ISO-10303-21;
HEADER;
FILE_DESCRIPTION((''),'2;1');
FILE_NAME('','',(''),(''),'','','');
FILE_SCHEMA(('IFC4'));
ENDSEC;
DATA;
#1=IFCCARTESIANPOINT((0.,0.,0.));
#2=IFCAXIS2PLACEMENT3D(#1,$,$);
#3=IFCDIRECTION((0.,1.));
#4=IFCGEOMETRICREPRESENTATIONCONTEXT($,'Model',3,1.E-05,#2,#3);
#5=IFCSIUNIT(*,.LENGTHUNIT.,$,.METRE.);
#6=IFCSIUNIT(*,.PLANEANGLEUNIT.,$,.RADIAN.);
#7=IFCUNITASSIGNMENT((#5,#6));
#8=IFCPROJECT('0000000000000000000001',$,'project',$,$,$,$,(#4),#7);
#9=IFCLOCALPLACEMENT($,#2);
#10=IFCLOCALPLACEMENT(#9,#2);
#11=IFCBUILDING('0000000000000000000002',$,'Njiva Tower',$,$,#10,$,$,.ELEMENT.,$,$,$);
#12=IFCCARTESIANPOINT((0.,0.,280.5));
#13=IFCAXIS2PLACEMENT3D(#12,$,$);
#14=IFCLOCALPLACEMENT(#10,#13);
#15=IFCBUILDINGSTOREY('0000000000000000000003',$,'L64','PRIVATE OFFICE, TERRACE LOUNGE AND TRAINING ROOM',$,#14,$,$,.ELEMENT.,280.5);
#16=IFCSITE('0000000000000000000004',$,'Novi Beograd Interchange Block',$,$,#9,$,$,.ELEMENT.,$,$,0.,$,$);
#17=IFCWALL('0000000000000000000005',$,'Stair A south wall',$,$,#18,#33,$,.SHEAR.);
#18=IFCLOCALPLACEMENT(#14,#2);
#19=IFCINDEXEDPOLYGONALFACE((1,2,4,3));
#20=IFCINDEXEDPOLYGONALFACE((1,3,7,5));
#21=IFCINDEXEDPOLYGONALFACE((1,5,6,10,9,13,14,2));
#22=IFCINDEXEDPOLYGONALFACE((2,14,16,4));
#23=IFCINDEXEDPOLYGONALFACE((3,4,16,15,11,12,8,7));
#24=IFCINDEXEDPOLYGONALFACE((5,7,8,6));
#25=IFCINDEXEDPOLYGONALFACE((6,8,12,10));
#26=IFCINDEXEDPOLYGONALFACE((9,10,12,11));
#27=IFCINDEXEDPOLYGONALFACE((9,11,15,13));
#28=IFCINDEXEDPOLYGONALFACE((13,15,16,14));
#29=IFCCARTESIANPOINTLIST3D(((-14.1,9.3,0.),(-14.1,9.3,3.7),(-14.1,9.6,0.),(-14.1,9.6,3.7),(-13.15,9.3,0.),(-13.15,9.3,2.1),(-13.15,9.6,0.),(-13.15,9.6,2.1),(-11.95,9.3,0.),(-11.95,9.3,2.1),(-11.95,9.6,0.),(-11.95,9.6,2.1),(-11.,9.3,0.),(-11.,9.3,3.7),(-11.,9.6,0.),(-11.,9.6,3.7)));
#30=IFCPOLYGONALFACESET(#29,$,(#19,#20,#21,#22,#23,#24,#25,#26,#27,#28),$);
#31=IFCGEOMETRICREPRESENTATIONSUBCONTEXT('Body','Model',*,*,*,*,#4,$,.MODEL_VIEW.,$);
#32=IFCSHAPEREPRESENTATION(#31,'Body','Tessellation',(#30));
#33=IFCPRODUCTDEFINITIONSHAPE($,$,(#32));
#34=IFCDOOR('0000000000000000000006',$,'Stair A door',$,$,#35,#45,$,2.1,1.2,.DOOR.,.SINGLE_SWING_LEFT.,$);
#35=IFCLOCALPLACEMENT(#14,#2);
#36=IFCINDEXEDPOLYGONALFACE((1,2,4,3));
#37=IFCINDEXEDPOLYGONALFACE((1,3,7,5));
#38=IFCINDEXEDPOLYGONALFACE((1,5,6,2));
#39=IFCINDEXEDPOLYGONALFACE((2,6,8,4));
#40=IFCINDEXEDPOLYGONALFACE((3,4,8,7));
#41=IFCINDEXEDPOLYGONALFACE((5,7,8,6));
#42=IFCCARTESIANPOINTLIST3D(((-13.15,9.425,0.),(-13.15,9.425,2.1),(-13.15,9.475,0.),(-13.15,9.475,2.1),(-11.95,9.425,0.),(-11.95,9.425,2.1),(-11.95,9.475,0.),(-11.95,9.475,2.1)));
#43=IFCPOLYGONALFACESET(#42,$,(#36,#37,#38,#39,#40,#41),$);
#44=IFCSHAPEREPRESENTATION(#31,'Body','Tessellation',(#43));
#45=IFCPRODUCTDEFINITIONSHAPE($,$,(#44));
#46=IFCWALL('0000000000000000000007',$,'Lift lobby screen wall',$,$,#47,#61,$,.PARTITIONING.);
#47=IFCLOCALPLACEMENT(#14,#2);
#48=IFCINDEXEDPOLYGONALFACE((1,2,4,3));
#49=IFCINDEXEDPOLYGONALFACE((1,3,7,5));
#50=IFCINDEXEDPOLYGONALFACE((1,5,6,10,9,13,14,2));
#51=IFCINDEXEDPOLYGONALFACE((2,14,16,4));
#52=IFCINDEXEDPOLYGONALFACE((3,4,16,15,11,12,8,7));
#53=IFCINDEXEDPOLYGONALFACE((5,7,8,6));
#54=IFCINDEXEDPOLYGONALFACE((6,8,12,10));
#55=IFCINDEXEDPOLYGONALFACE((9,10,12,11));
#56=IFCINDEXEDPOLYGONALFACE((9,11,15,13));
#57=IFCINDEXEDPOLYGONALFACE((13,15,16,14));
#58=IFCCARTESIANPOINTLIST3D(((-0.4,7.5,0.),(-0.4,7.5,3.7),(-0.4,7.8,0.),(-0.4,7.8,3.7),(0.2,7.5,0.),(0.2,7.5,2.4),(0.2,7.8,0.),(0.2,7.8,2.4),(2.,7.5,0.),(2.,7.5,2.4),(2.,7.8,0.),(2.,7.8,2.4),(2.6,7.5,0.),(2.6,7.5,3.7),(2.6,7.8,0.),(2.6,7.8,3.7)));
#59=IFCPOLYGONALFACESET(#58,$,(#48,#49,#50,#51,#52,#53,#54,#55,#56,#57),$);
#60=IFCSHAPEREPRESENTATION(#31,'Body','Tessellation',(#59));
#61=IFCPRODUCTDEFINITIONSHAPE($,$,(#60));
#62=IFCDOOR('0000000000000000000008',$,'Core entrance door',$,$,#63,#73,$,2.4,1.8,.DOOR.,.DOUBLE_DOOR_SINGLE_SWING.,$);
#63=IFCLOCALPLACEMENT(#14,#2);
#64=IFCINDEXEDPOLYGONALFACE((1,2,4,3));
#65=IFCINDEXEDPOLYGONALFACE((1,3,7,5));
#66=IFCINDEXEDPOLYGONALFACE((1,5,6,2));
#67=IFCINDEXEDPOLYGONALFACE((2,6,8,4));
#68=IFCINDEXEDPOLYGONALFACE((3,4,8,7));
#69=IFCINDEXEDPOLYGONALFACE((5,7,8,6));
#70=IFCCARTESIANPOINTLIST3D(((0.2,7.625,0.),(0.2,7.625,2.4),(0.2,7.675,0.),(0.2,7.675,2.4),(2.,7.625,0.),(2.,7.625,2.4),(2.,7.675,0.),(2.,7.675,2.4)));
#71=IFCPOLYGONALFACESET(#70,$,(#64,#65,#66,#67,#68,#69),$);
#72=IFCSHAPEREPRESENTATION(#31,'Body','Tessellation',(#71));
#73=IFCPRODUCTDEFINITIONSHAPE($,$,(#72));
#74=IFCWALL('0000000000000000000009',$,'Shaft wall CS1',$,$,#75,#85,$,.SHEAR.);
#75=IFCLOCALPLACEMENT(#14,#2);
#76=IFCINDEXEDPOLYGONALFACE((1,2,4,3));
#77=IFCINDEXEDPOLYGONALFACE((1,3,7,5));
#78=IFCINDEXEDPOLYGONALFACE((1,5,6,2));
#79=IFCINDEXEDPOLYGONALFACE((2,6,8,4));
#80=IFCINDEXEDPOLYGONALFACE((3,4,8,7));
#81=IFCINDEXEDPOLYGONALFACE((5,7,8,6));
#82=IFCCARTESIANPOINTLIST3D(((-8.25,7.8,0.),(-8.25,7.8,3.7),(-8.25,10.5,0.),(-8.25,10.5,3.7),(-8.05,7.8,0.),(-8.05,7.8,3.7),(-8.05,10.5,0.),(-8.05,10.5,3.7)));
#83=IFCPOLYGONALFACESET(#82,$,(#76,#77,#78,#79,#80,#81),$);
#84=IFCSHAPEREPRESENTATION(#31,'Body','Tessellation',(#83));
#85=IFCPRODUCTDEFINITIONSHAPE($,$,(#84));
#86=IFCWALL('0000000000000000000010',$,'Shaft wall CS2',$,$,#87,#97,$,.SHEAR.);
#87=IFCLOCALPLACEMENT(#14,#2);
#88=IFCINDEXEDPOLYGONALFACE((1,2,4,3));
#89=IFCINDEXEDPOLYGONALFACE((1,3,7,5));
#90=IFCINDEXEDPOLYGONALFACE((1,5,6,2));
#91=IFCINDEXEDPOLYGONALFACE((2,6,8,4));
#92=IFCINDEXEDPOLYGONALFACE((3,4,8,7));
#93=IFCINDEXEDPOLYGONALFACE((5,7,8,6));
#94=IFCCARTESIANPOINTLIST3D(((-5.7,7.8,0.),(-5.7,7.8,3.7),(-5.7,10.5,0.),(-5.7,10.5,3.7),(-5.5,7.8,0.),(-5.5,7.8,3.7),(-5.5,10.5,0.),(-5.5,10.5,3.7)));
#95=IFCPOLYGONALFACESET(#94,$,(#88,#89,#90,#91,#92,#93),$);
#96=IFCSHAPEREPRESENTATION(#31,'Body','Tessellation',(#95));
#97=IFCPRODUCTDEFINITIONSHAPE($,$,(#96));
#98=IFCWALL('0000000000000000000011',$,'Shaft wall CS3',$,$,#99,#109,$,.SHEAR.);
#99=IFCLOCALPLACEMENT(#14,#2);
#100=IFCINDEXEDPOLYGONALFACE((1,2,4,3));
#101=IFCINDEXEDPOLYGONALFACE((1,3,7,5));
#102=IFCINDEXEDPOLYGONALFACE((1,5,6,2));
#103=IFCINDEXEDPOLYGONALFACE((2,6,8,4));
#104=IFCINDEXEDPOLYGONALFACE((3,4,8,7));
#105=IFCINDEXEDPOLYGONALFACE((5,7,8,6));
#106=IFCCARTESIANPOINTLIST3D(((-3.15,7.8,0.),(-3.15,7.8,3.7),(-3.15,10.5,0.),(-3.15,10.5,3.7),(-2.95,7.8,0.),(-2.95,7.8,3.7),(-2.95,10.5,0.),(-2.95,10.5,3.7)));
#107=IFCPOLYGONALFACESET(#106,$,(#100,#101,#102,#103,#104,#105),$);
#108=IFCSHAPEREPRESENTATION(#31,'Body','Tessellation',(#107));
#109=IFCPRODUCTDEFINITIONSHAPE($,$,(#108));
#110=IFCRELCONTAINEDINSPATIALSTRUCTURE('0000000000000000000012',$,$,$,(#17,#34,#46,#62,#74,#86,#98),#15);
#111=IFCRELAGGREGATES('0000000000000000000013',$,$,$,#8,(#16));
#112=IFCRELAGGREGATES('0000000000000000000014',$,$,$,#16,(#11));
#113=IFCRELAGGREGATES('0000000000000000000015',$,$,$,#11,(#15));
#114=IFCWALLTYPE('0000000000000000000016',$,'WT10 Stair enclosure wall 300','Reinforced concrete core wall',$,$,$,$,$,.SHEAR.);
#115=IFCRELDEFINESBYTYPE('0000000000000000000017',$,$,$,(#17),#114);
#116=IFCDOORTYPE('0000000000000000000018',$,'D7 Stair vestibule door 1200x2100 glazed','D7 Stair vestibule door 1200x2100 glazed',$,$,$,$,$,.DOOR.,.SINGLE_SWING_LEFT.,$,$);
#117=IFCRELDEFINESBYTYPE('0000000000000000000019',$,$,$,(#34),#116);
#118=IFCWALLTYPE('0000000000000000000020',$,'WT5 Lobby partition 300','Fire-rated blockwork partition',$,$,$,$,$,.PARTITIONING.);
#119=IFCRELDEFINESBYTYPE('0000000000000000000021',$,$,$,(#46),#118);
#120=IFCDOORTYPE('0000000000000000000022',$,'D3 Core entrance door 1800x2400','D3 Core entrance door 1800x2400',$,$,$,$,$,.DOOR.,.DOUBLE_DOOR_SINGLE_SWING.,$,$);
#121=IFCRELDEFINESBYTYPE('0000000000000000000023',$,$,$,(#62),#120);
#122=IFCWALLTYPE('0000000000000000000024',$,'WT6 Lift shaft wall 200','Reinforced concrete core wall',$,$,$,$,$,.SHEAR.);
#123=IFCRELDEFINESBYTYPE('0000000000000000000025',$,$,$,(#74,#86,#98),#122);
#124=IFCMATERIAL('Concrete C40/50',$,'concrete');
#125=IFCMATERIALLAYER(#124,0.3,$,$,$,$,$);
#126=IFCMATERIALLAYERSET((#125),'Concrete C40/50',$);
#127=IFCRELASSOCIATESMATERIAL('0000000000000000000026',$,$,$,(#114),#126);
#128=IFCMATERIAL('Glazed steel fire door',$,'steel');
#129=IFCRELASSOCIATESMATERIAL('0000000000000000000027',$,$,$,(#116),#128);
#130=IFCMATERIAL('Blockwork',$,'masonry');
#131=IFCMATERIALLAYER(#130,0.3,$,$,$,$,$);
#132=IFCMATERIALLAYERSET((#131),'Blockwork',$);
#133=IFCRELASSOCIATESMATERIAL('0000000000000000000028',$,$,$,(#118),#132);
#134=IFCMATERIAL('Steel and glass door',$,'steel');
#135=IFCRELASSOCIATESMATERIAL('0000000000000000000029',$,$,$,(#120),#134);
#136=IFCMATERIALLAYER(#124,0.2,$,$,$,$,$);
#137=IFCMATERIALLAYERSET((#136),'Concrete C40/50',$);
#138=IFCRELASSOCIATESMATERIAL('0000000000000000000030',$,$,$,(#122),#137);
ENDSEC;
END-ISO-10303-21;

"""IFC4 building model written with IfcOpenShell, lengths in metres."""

from ifc_helpers import new_model, si_unit, direction, frame, frame_2d, origin, place, context, subcontext, project, spatial, rectangle, extrude, material, layer, layer_set, type_object, element, fill, save


model = new_model("IFC4")

# Units and contexts
model_context = context("Model", 3, precision=1e-05, world=origin(), true_north=direction((0.0, 1.0)))
body_context = subcontext(model_context, "Body", "Model", "MODEL_VIEW")
ifc_project = project(units=[si_unit("LENGTHUNIT", "METRE"), si_unit("PLANEANGLEUNIT", "RADIAN")], contexts=[model_context])

# Site, building, storey
site_placement = place(None, origin())
site = spatial("IfcSite", under=ifc_project, at=site_placement, Name="Novi Beograd Interchange Block", CompositionType="ELEMENT", RefElevation=0.0)
building_placement = place(site_placement, origin())
building = spatial("IfcBuilding", under=site, at=building_placement, Name="Njiva Tower", CompositionType="ELEMENT")
storey_placement = place(building_placement, frame((0.0, 0.0, 280.5)))
storey = spatial("IfcBuildingStorey", under=building, at=storey_placement, Name="L64", Description="PRIVATE OFFICE, TERRACE LOUNGE AND TRAINING ROOM", CompositionType="ELEMENT", Elevation=280.5)

# Shared definitions
ifc_material_1 = material(Name="Blockwork", Category="masonry")

# Shared definitions
ifc_material_2 = material(Name="Concrete C40/50", Category="concrete")
ifc_layer_1 = layer(ifc_material_2, 0.3)
ifc_layer_set_1 = layer_set([ifc_layer_1], Name="Concrete C40/50")
wall_type_1 = type_object("IfcWallType", Name="WT10 Stair enclosure wall 300", Description="Reinforced concrete core wall", PredefinedType="SHEAR", material=ifc_layer_set_1)
ifc_material_3 = material(Name="Glazed steel fire door", Category="steel")

# Walls, openings, doors
wall_1_placement = place(storey_placement, frame((-14.1, 9.45, 0.0), z_axis=(0.0, 0.0, 1.0), x_axis=(1.0, 0.0, 0.0)))
wall_1 = element("IfcWall", 1, at=wall_1_placement, inside=storey, type_object=wall_type_1, Name="Stair A south wall", PredefinedType="SHEAR", context=body_context, shape_type="SweptSolid", body=[
    extrude(rectangle(XDim=3.1, YDim=0.3, at=frame_2d((1.55, 0.0))), origin(), (0.0, 0.0, 1.0), 3.7),
])
opening_1_placement = place(wall_1_placement, frame((0.95, 0.0, 0.0)))
opening_1 = element("IfcOpeningElement", 2, at=opening_1_placement, cuts=wall_1, PredefinedType="OPENING", context=body_context, shape_type="SweptSolid", body=[
    extrude(rectangle(XDim=1.2, YDim=2.1, at=frame_2d((0.6, 1.05))), frame((0.0, 0.16, 0.0), z_axis=(0.0, -1.0, 0.0), x_axis=(1.0, 0.0, 0.0)), (0.0, 0.0, 1.0), 0.32),
])
door_type_1 = type_object("IfcDoorType", Name="D7 Stair vestibule door 1200x2100 glazed", Description="D7 Stair vestibule door 1200x2100 glazed", OperationType="SINGLE_SWING_LEFT", PredefinedType="DOOR", material=ifc_material_3)
door_1_placement = place(opening_1_placement, origin())
door_1 = element("IfcDoor", 3, at=door_1_placement, inside=storey, type_object=door_type_1, Name="Stair A door", OperationType="SINGLE_SWING_LEFT", OverallHeight=2.1, OverallWidth=1.2, PredefinedType="DOOR", context=body_context, shape_type="SweptSolid", body=[
    extrude(rectangle(XDim=1.2, YDim=2.1, at=frame_2d((0.6, 1.05))), frame((0.0, 0.025, 0.0), z_axis=(0.0, -1.0, 0.0), x_axis=(1.0, 0.0, 0.0)), (0.0, 0.0, 1.0), 0.05),
])
fill(opening_1, door_1)
ifc_layer_2 = layer(ifc_material_1, 0.3)
ifc_layer_set_2 = layer_set([ifc_layer_2], Name="Blockwork")
wall_type_2 = type_object("IfcWallType", Name="WT5 Lobby partition 300", Description="Fire-rated blockwork partition", PredefinedType="PARTITIONING", material=ifc_layer_set_2)
wall_2_placement = place(storey_placement, frame((-0.4, 7.65, 0.0), z_axis=(0.0, 0.0, 1.0), x_axis=(1.0, 0.0, 0.0)))
wall_2 = element("IfcWall", 4, at=wall_2_placement, inside=storey, type_object=wall_type_2, Name="Lift lobby screen wall", PredefinedType="PARTITIONING", context=body_context, shape_type="SweptSolid", body=[
    extrude(rectangle(XDim=3.0, YDim=0.3, at=frame_2d((1.5, 0.0))), origin(), (0.0, 0.0, 1.0), 3.7),
])
opening_2_placement = place(wall_2_placement, frame((0.6, 0.0, 0.0)))
opening_2 = element("IfcOpeningElement", 5, at=opening_2_placement, cuts=wall_2, PredefinedType="OPENING", context=body_context, shape_type="SweptSolid", body=[
    extrude(rectangle(XDim=1.8, YDim=2.4, at=frame_2d((0.9, 1.2))), frame((0.0, 0.16, 0.0), z_axis=(0.0, -1.0, 0.0), x_axis=(1.0, 0.0, 0.0)), (0.0, 0.0, 1.0), 0.32),
])
ifc_material_4 = material(Name="Steel and glass door", Category="steel")
door_type_2 = type_object("IfcDoorType", Name="D3 Core entrance door 1800x2400", Description="D3 Core entrance door 1800x2400", OperationType="DOUBLE_DOOR_SINGLE_SWING", PredefinedType="DOOR", material=ifc_material_4)
door_2_placement = place(opening_2_placement, origin())
door_2 = element("IfcDoor", 6, at=door_2_placement, inside=storey, type_object=door_type_2, Name="Core entrance door", OperationType="DOUBLE_DOOR_SINGLE_SWING", OverallHeight=2.4, OverallWidth=1.8, PredefinedType="DOOR", context=body_context, shape_type="SweptSolid", body=[
    extrude(rectangle(XDim=1.8, YDim=2.4, at=frame_2d((0.9, 1.2))), frame((0.0, 0.025, 0.0), z_axis=(0.0, -1.0, 0.0), x_axis=(1.0, 0.0, 0.0)), (0.0, 0.0, 1.0), 0.05),
])
fill(opening_2, door_2)

# Walls
ifc_layer_3 = layer(ifc_material_2, 0.2)
ifc_layer_set_3 = layer_set([ifc_layer_3], Name="Concrete C40/50")
wall_type_3 = type_object("IfcWallType", Name="WT6 Lift shaft wall 200", Description="Reinforced concrete core wall", PredefinedType="SHEAR", material=ifc_layer_set_3)
for number, where, z_axis, x_axis, name in (
    (7, (-8.15, 7.8, 0.0), (0.0, 0.0, 1.0), (0.0, 1.0, 0.0), "Shaft wall CS1"),
    (8, (-5.6, 7.8, 0.0), (0.0, 0.0, 1.0), (0.0, 1.0, 0.0), "Shaft wall CS2"),
    (9, (-3.05, 7.8, 0.0), (0.0, 0.0, 1.0), (0.0, 1.0, 0.0), "Shaft wall CS3"),
):
    element("IfcWall", number, at=place(storey_placement, frame(where, z_axis=z_axis, x_axis=x_axis)), inside=storey, type_object=wall_type_3, Name=name, PredefinedType="SHEAR", context=body_context, shape_type="SweptSolid", body=[
        extrude(rectangle(XDim=2.7, YDim=0.2, at=frame_2d((1.35, 0.0))), origin(), (0.0, 0.0, 1.0), 3.7),
    ])

save(model, "model.ifc")
